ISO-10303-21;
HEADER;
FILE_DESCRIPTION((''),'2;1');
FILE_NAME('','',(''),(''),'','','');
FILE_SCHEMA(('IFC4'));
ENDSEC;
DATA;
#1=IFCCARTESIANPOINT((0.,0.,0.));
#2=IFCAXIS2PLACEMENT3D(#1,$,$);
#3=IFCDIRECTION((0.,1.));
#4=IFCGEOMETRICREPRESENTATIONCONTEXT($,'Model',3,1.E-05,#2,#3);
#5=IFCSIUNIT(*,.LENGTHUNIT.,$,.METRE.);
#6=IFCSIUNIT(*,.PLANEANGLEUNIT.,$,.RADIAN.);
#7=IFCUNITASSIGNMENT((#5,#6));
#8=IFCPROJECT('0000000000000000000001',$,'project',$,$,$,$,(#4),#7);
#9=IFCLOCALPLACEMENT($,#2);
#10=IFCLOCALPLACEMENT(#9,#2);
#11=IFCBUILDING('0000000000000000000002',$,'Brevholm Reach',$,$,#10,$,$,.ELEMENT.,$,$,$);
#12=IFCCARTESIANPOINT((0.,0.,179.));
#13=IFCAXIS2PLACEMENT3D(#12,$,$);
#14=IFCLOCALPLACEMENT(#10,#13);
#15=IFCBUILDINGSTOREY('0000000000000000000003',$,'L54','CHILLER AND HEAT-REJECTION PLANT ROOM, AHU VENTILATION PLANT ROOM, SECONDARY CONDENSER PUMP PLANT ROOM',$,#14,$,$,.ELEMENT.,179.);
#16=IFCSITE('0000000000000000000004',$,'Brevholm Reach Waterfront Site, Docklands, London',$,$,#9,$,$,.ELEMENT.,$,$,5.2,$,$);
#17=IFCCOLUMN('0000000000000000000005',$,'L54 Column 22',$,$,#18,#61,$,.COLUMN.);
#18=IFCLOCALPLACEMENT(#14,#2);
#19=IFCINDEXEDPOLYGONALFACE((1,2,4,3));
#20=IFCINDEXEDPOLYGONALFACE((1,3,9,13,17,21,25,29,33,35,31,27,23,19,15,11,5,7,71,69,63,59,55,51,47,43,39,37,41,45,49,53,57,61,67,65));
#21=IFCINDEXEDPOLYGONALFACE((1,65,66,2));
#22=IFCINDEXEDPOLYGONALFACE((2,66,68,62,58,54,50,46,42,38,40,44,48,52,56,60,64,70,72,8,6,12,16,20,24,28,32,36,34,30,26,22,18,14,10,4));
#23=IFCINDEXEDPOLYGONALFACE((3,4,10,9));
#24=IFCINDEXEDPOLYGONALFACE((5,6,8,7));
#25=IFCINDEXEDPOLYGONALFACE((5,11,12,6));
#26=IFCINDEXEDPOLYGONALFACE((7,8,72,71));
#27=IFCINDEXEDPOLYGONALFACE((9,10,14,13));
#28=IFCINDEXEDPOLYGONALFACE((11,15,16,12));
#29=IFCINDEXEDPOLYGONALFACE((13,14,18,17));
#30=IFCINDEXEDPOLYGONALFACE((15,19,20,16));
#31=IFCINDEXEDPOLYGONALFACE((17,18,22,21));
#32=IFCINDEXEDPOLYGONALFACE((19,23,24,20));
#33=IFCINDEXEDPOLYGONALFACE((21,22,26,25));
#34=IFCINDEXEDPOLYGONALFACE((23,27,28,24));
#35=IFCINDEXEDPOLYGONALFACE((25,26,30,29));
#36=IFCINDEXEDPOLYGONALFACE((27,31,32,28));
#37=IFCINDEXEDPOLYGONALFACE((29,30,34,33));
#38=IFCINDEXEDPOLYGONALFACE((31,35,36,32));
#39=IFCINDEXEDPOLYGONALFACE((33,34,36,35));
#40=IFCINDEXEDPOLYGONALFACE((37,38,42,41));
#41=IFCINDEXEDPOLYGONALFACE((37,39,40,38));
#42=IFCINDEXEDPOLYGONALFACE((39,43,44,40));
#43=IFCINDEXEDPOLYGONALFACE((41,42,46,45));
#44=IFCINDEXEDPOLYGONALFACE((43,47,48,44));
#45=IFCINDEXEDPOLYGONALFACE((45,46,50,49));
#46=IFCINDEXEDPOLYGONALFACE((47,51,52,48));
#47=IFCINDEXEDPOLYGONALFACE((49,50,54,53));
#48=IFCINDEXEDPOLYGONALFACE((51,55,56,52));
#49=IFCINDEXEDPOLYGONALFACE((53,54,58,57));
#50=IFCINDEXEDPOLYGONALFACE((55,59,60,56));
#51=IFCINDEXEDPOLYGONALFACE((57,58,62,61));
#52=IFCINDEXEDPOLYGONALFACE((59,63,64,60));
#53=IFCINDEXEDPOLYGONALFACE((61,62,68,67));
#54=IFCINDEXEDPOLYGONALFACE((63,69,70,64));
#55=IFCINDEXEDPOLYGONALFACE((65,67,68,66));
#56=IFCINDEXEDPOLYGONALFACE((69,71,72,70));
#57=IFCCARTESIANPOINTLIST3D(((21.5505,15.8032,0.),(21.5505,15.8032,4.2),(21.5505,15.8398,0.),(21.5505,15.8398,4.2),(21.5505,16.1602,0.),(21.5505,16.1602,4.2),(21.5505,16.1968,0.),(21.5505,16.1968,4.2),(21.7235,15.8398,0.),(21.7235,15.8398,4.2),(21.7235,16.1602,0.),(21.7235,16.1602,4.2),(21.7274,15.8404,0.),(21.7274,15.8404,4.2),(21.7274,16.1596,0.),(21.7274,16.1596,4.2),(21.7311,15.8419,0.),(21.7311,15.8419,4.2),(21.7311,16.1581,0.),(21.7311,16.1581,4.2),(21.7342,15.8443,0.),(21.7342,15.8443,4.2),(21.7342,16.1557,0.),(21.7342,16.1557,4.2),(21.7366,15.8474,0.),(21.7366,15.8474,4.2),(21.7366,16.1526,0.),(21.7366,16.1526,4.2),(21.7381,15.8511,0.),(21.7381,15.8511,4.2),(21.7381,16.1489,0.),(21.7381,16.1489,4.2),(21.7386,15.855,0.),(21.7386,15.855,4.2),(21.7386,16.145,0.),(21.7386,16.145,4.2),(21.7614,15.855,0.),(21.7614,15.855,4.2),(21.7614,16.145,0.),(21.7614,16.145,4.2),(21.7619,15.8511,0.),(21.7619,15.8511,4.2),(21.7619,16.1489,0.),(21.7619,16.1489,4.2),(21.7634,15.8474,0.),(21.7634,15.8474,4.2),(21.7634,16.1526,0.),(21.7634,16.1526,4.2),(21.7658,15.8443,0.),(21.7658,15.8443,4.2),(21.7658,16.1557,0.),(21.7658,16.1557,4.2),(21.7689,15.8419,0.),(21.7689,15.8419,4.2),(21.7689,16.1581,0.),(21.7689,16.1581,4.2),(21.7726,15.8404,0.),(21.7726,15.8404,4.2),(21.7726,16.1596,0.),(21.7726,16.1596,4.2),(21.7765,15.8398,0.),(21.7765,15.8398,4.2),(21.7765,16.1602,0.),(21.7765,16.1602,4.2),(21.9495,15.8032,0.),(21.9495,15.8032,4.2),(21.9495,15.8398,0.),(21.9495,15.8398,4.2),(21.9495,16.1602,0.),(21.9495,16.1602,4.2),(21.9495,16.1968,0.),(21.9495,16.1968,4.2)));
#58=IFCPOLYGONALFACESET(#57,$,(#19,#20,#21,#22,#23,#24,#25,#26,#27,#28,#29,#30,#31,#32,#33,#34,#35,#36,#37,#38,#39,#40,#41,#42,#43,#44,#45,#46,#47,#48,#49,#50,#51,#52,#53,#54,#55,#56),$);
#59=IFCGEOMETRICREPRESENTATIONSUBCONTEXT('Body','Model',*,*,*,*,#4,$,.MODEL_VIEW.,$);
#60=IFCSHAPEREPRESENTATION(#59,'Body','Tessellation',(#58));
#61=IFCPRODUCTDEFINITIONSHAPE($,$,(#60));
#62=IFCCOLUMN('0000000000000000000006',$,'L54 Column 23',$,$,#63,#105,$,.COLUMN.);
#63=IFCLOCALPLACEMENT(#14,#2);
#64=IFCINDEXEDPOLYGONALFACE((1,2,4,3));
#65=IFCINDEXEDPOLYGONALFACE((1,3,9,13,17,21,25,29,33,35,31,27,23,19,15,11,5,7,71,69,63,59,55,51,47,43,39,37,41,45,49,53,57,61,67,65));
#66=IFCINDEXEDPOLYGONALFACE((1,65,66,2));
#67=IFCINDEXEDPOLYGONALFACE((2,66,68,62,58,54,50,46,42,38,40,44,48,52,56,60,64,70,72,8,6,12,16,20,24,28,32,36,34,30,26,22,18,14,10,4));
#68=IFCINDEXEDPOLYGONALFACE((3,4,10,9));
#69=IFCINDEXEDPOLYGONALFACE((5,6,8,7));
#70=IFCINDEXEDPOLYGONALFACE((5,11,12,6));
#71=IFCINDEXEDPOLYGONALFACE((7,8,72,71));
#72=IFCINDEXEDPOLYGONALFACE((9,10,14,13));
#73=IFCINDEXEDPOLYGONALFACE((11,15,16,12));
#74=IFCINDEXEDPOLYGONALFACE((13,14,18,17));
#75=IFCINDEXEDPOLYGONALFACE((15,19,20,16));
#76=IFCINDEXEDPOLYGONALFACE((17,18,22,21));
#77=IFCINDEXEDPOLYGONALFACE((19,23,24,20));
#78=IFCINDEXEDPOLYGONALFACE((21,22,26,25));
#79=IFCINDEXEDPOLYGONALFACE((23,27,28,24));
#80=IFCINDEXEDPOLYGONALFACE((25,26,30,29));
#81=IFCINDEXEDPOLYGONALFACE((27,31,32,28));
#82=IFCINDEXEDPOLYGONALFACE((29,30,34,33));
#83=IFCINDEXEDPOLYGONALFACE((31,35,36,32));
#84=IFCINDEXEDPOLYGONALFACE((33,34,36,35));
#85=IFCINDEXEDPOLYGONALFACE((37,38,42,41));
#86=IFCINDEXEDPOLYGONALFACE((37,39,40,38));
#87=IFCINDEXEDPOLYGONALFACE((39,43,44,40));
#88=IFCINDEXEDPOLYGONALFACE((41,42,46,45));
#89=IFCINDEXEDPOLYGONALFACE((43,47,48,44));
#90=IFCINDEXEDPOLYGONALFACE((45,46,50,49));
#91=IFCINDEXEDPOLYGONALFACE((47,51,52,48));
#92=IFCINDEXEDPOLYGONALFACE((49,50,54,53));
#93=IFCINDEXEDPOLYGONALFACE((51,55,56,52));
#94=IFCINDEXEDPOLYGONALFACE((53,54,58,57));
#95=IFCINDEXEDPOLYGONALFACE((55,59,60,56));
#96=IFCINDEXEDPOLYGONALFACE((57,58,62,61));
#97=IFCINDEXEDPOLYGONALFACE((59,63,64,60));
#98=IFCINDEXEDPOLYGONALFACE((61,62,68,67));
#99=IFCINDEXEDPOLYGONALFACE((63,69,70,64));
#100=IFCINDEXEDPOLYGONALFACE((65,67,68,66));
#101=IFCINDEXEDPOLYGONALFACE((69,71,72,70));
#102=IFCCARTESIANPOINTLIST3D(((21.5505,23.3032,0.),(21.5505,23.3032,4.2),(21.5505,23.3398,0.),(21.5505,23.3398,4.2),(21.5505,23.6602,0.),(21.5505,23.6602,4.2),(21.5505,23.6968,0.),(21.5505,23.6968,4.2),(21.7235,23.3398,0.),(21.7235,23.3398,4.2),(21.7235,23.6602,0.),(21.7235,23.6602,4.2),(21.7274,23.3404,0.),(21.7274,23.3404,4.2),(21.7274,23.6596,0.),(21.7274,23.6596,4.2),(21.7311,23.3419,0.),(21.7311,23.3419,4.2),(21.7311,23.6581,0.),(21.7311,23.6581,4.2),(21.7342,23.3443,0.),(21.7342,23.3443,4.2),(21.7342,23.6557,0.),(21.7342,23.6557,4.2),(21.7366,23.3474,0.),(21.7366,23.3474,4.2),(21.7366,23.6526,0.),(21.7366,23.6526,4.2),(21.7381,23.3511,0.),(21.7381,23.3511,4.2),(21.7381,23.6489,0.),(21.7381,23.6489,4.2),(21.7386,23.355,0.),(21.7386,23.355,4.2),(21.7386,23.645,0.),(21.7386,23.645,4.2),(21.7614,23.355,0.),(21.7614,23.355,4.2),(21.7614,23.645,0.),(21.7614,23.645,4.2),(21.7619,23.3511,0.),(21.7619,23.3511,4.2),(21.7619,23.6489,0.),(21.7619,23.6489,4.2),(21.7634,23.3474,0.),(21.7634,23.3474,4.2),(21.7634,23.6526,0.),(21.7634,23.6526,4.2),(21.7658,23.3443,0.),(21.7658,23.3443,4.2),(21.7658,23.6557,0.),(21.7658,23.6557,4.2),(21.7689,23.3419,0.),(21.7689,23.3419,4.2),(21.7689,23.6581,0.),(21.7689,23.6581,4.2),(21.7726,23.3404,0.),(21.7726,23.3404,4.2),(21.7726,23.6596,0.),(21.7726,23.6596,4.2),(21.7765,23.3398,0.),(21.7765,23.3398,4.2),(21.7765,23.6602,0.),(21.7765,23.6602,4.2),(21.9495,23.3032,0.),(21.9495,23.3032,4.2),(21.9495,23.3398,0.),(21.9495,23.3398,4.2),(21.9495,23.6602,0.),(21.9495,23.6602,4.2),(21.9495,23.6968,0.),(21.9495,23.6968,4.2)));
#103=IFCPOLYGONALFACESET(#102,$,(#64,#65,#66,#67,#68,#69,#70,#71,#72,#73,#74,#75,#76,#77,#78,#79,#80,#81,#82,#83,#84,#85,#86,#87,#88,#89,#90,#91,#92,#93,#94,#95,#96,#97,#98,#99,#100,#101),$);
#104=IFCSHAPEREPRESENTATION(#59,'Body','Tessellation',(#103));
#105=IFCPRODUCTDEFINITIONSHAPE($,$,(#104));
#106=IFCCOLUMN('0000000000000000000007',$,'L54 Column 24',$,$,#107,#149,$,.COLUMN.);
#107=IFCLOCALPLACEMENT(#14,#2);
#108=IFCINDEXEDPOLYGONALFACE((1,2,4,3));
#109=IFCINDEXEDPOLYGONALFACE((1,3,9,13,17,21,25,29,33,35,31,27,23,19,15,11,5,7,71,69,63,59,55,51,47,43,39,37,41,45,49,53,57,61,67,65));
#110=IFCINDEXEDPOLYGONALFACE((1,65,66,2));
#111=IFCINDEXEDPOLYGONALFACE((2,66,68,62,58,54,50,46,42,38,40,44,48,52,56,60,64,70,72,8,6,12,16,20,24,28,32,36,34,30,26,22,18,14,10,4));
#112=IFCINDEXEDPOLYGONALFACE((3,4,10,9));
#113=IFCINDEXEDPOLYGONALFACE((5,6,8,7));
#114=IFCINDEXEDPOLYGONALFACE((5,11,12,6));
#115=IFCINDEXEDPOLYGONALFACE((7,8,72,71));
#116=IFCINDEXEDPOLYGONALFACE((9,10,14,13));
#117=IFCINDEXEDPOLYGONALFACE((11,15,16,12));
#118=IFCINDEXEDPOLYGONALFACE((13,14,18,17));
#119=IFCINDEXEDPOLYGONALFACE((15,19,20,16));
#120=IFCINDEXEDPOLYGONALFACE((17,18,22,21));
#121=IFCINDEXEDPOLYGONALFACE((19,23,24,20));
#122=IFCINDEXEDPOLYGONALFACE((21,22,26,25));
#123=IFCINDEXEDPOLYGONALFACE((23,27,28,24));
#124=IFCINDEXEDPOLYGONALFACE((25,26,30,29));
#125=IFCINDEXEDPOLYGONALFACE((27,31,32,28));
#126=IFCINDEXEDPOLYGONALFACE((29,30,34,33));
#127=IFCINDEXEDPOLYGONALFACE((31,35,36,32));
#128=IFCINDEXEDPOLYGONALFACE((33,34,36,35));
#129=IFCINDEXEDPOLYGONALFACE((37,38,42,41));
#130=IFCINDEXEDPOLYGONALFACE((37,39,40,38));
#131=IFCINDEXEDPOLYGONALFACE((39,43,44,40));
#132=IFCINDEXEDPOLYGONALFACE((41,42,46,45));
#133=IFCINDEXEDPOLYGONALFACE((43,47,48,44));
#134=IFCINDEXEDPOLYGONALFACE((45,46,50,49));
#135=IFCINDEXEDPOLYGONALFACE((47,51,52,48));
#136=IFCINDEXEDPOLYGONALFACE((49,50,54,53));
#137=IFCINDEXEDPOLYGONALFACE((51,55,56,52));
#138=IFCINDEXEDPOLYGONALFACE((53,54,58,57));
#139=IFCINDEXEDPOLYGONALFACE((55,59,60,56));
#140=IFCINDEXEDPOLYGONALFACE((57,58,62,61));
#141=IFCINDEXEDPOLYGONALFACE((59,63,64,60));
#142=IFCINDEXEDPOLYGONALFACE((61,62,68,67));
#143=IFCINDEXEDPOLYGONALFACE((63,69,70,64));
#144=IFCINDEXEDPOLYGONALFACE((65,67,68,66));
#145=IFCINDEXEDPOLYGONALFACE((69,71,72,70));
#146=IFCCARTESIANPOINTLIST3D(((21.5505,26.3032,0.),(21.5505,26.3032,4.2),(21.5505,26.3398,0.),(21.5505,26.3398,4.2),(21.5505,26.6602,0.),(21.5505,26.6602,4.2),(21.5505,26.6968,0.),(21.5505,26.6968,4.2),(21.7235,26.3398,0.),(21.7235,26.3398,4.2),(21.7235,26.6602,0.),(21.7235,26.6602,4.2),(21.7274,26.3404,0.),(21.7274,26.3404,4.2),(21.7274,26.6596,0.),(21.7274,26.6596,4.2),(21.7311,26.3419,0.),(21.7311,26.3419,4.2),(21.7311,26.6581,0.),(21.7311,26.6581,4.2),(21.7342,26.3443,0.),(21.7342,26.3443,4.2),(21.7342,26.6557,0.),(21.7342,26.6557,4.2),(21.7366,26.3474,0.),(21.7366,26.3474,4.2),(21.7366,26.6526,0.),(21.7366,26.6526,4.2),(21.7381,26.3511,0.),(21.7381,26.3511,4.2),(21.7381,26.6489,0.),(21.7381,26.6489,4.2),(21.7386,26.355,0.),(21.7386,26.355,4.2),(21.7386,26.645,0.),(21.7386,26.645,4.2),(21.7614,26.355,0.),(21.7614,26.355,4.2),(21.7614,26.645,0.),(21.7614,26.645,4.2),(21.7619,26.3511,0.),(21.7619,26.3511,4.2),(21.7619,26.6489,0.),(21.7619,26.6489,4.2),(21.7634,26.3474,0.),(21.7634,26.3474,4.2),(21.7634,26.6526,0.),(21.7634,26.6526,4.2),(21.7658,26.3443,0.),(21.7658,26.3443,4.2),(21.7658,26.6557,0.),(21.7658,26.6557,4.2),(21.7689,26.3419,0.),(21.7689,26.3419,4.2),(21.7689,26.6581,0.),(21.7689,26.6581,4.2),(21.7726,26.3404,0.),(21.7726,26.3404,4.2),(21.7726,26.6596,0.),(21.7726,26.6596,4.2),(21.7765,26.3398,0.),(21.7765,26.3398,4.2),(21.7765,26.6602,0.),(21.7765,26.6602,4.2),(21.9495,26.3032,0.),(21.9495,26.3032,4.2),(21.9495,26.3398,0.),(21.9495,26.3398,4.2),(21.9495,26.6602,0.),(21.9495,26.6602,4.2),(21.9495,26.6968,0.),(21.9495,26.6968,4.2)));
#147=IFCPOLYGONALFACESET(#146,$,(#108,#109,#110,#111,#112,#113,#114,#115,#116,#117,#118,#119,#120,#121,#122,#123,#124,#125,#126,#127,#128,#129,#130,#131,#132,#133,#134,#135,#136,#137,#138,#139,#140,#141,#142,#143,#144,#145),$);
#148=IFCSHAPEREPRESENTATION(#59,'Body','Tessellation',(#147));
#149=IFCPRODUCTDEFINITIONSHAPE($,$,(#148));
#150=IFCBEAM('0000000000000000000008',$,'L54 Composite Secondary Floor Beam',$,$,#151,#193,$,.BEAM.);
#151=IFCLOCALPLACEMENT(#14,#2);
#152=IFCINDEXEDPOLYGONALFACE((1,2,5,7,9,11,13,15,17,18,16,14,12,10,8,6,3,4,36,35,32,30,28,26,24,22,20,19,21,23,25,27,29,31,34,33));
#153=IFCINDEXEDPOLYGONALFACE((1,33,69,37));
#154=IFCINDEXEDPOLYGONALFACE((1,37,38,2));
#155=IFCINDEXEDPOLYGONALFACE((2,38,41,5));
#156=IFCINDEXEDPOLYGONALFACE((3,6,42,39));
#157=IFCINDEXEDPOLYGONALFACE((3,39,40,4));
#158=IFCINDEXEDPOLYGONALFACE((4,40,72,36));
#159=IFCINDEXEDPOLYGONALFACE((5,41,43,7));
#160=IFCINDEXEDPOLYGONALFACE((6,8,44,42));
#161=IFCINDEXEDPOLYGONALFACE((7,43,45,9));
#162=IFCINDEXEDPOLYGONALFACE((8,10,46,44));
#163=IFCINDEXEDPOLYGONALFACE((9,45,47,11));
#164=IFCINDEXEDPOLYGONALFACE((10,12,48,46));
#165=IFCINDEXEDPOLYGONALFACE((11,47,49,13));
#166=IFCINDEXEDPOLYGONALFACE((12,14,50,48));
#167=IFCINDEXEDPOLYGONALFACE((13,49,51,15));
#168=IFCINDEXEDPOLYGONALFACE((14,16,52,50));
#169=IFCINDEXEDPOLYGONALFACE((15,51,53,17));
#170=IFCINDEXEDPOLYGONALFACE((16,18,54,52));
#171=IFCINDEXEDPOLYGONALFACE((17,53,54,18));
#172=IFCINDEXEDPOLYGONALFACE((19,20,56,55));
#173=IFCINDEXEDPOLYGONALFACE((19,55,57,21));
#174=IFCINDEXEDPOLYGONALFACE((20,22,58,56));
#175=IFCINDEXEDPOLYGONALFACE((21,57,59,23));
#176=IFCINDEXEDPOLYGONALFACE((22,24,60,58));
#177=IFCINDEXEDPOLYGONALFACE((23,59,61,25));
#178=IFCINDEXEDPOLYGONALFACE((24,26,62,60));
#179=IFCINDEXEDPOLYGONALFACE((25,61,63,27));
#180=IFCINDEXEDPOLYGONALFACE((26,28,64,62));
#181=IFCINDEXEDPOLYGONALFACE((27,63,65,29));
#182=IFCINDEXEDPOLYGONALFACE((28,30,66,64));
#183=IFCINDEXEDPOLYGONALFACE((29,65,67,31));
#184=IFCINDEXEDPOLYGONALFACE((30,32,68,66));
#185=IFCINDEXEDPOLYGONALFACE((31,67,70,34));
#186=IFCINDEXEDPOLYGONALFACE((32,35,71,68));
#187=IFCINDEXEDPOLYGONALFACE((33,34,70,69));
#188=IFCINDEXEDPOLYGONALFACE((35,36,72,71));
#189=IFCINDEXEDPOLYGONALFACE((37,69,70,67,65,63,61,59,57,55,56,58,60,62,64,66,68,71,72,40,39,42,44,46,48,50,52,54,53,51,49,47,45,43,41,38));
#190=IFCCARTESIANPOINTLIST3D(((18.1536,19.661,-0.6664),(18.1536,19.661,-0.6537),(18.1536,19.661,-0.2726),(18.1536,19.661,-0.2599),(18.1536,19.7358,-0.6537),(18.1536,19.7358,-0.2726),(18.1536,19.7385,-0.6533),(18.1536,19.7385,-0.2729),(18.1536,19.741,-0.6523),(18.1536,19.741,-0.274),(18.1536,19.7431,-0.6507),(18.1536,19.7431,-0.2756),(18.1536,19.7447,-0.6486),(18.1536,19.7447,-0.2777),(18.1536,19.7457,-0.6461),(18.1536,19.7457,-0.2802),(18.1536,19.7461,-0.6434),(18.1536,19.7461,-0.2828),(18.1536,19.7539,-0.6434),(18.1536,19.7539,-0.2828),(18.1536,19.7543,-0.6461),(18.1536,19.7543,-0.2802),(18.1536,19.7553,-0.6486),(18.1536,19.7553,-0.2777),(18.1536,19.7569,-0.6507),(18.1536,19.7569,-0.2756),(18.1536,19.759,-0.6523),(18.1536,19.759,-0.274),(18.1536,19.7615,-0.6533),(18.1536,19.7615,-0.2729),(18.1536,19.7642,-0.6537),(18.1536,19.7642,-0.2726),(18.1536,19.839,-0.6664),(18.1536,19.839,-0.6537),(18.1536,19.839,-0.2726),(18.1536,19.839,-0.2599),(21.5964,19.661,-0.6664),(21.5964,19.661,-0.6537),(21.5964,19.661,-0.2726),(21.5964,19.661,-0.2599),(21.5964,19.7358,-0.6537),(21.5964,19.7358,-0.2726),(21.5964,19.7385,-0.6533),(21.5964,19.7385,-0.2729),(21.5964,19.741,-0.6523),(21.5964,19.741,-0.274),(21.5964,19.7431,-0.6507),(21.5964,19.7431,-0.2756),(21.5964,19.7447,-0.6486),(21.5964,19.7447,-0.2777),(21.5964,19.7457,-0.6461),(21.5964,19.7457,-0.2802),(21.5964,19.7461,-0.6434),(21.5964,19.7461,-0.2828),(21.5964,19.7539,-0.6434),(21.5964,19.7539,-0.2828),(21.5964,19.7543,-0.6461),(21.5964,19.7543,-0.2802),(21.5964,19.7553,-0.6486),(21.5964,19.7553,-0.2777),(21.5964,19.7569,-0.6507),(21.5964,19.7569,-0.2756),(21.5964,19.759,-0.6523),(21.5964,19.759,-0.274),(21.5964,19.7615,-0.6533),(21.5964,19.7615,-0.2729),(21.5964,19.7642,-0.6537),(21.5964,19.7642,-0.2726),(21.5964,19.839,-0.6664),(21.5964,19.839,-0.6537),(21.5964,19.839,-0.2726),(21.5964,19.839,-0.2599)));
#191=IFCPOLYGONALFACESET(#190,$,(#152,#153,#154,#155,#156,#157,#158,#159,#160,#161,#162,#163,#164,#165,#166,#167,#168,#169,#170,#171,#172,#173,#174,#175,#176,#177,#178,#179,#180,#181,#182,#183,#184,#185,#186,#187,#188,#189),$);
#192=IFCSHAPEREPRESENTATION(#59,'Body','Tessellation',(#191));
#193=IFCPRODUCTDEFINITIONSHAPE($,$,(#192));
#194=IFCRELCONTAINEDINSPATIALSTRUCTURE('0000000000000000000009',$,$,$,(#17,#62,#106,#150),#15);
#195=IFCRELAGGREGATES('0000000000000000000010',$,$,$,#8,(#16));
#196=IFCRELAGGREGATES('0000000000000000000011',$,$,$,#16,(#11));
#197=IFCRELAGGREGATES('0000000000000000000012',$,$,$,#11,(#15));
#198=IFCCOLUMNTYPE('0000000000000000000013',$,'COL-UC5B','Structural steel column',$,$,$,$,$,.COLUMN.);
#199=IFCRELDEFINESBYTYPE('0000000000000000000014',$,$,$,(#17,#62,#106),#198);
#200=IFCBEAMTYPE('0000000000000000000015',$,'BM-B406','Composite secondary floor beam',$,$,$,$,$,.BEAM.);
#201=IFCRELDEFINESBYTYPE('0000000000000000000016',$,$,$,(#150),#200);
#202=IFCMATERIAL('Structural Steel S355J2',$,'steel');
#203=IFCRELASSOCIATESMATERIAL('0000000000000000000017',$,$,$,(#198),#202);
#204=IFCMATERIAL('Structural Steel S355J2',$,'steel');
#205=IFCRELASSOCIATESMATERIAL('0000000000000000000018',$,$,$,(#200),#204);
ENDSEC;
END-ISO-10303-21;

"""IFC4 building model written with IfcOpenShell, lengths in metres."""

from ifc_helpers import new_model, si_unit, direction, frame, origin, origin_2d, place, context, subcontext, project, spatial, i_section, extrude, material, material_profile, profile_set, type_object, element, save


model = new_model("IFC4")

# Units and contexts
model_context = context("Model", 3, precision=1e-05, world=origin(), true_north=direction((0.0, 1.0)))
body_context = subcontext(model_context, "Body", "Model", "MODEL_VIEW")
ifc_project = project(units=[si_unit("LENGTHUNIT", "METRE"), si_unit("PLANEANGLEUNIT", "RADIAN")], contexts=[model_context])

# Site, building, storey
site_placement = place(None, origin())
site = spatial("IfcSite", under=ifc_project, at=site_placement, Name="Brevholm Reach Waterfront Site, Docklands, London", CompositionType="ELEMENT", RefElevation=5.2)
building_placement = place(site_placement, origin())
building = spatial("IfcBuilding", under=site, at=building_placement, Name="Brevholm Reach", CompositionType="ELEMENT")
storey_placement = place(building_placement, frame((0.0, 0.0, 179.0)))
storey = spatial("IfcBuildingStorey", under=building, at=storey_placement, Name="L54", Description="CHILLER AND HEAT-REJECTION PLANT ROOM, AHU VENTILATION PLANT ROOM, SECONDARY CONDENSER PUMP PLANT ROOM", CompositionType="ELEMENT", Elevation=179.0)

# Columns
ifc_material_1 = material(Name="Structural Steel S355J2", Category="steel")
ifc_material_profile_1 = material_profile(ifc_material_1, i_section(OverallWidth=0.3989, OverallDepth=0.3936, WebThickness=0.0227, FlangeThickness=0.0366, FilletRadius=0.0151, at=origin_2d()), Name="UKC 356x406x287")
ifc_profile_set_1 = profile_set([ifc_material_profile_1], Name="Structural Steel S355J2")
column_type = type_object("IfcColumnType", Name="COL-UC5B", Description="Structural steel column", PredefinedType="COLUMN", material=ifc_profile_set_1)
for number, where, z_axis, x_axis, name in (
    (1, (21.75, 16.0, 0.0), (0.0, 0.0, 1.0), (1.0, 0.0, 0.0), "L54 Column 22"),
    (2, (21.75, 23.5, 0.0), (0.0, 0.0, 1.0), (1.0, 0.0, 0.0), "L54 Column 23"),
    (3, (21.75, 26.5, 0.0), (0.0, 0.0, 1.0), (1.0, 0.0, 0.0), "L54 Column 24"),
):
    element("IfcColumn", number, at=place(storey_placement, frame(where, z_axis=z_axis, x_axis=x_axis)), inside=storey, type_object=column_type, Name=name, PredefinedType="COLUMN", context=body_context, shape_type="SweptSolid", body=[
        extrude(i_section(OverallWidth=0.3989, OverallDepth=0.3936, WebThickness=0.0227, FlangeThickness=0.0366, FilletRadius=0.0151, at=origin_2d()), origin(), (0.0, 0.0, 1.0), 4.2),
    ])

# Beam
ifc_material_2 = material(Name="Structural Steel S355J2", Category="steel")
ifc_material_profile_2 = material_profile(ifc_material_2, i_section(OverallWidth=0.178, OverallDepth=0.4065, WebThickness=0.0078, FlangeThickness=0.0127, FilletRadius=0.0103, at=origin_2d()), Name="UKB 406x178x60")
ifc_profile_set_2 = profile_set([ifc_material_profile_2], Name="Structural Steel S355J2")
beam_type_1 = type_object("IfcBeamType", Name="BM-B406", Description="Composite secondary floor beam", PredefinedType="BEAM", material=ifc_profile_set_2)
beam_1_placement = place(storey_placement, frame((18.1536, 19.75, -0.4631), z_axis=(1.0, 0.0, 0.0), x_axis=(0.0, 1.0, 0.0)))
element("IfcBeam", 4, at=beam_1_placement, inside=storey, type_object=beam_type_1, Name="L54 Composite Secondary Floor Beam", PredefinedType="BEAM", context=body_context, shape_type="SweptSolid", body=[
    extrude(i_section(OverallWidth=0.178, OverallDepth=0.4065, WebThickness=0.0078, FlangeThickness=0.0127, FilletRadius=0.0103, at=origin_2d()), origin(), (0.0, 0.0, 1.0), 3.4429),
])

save(model, "model.ifc")
